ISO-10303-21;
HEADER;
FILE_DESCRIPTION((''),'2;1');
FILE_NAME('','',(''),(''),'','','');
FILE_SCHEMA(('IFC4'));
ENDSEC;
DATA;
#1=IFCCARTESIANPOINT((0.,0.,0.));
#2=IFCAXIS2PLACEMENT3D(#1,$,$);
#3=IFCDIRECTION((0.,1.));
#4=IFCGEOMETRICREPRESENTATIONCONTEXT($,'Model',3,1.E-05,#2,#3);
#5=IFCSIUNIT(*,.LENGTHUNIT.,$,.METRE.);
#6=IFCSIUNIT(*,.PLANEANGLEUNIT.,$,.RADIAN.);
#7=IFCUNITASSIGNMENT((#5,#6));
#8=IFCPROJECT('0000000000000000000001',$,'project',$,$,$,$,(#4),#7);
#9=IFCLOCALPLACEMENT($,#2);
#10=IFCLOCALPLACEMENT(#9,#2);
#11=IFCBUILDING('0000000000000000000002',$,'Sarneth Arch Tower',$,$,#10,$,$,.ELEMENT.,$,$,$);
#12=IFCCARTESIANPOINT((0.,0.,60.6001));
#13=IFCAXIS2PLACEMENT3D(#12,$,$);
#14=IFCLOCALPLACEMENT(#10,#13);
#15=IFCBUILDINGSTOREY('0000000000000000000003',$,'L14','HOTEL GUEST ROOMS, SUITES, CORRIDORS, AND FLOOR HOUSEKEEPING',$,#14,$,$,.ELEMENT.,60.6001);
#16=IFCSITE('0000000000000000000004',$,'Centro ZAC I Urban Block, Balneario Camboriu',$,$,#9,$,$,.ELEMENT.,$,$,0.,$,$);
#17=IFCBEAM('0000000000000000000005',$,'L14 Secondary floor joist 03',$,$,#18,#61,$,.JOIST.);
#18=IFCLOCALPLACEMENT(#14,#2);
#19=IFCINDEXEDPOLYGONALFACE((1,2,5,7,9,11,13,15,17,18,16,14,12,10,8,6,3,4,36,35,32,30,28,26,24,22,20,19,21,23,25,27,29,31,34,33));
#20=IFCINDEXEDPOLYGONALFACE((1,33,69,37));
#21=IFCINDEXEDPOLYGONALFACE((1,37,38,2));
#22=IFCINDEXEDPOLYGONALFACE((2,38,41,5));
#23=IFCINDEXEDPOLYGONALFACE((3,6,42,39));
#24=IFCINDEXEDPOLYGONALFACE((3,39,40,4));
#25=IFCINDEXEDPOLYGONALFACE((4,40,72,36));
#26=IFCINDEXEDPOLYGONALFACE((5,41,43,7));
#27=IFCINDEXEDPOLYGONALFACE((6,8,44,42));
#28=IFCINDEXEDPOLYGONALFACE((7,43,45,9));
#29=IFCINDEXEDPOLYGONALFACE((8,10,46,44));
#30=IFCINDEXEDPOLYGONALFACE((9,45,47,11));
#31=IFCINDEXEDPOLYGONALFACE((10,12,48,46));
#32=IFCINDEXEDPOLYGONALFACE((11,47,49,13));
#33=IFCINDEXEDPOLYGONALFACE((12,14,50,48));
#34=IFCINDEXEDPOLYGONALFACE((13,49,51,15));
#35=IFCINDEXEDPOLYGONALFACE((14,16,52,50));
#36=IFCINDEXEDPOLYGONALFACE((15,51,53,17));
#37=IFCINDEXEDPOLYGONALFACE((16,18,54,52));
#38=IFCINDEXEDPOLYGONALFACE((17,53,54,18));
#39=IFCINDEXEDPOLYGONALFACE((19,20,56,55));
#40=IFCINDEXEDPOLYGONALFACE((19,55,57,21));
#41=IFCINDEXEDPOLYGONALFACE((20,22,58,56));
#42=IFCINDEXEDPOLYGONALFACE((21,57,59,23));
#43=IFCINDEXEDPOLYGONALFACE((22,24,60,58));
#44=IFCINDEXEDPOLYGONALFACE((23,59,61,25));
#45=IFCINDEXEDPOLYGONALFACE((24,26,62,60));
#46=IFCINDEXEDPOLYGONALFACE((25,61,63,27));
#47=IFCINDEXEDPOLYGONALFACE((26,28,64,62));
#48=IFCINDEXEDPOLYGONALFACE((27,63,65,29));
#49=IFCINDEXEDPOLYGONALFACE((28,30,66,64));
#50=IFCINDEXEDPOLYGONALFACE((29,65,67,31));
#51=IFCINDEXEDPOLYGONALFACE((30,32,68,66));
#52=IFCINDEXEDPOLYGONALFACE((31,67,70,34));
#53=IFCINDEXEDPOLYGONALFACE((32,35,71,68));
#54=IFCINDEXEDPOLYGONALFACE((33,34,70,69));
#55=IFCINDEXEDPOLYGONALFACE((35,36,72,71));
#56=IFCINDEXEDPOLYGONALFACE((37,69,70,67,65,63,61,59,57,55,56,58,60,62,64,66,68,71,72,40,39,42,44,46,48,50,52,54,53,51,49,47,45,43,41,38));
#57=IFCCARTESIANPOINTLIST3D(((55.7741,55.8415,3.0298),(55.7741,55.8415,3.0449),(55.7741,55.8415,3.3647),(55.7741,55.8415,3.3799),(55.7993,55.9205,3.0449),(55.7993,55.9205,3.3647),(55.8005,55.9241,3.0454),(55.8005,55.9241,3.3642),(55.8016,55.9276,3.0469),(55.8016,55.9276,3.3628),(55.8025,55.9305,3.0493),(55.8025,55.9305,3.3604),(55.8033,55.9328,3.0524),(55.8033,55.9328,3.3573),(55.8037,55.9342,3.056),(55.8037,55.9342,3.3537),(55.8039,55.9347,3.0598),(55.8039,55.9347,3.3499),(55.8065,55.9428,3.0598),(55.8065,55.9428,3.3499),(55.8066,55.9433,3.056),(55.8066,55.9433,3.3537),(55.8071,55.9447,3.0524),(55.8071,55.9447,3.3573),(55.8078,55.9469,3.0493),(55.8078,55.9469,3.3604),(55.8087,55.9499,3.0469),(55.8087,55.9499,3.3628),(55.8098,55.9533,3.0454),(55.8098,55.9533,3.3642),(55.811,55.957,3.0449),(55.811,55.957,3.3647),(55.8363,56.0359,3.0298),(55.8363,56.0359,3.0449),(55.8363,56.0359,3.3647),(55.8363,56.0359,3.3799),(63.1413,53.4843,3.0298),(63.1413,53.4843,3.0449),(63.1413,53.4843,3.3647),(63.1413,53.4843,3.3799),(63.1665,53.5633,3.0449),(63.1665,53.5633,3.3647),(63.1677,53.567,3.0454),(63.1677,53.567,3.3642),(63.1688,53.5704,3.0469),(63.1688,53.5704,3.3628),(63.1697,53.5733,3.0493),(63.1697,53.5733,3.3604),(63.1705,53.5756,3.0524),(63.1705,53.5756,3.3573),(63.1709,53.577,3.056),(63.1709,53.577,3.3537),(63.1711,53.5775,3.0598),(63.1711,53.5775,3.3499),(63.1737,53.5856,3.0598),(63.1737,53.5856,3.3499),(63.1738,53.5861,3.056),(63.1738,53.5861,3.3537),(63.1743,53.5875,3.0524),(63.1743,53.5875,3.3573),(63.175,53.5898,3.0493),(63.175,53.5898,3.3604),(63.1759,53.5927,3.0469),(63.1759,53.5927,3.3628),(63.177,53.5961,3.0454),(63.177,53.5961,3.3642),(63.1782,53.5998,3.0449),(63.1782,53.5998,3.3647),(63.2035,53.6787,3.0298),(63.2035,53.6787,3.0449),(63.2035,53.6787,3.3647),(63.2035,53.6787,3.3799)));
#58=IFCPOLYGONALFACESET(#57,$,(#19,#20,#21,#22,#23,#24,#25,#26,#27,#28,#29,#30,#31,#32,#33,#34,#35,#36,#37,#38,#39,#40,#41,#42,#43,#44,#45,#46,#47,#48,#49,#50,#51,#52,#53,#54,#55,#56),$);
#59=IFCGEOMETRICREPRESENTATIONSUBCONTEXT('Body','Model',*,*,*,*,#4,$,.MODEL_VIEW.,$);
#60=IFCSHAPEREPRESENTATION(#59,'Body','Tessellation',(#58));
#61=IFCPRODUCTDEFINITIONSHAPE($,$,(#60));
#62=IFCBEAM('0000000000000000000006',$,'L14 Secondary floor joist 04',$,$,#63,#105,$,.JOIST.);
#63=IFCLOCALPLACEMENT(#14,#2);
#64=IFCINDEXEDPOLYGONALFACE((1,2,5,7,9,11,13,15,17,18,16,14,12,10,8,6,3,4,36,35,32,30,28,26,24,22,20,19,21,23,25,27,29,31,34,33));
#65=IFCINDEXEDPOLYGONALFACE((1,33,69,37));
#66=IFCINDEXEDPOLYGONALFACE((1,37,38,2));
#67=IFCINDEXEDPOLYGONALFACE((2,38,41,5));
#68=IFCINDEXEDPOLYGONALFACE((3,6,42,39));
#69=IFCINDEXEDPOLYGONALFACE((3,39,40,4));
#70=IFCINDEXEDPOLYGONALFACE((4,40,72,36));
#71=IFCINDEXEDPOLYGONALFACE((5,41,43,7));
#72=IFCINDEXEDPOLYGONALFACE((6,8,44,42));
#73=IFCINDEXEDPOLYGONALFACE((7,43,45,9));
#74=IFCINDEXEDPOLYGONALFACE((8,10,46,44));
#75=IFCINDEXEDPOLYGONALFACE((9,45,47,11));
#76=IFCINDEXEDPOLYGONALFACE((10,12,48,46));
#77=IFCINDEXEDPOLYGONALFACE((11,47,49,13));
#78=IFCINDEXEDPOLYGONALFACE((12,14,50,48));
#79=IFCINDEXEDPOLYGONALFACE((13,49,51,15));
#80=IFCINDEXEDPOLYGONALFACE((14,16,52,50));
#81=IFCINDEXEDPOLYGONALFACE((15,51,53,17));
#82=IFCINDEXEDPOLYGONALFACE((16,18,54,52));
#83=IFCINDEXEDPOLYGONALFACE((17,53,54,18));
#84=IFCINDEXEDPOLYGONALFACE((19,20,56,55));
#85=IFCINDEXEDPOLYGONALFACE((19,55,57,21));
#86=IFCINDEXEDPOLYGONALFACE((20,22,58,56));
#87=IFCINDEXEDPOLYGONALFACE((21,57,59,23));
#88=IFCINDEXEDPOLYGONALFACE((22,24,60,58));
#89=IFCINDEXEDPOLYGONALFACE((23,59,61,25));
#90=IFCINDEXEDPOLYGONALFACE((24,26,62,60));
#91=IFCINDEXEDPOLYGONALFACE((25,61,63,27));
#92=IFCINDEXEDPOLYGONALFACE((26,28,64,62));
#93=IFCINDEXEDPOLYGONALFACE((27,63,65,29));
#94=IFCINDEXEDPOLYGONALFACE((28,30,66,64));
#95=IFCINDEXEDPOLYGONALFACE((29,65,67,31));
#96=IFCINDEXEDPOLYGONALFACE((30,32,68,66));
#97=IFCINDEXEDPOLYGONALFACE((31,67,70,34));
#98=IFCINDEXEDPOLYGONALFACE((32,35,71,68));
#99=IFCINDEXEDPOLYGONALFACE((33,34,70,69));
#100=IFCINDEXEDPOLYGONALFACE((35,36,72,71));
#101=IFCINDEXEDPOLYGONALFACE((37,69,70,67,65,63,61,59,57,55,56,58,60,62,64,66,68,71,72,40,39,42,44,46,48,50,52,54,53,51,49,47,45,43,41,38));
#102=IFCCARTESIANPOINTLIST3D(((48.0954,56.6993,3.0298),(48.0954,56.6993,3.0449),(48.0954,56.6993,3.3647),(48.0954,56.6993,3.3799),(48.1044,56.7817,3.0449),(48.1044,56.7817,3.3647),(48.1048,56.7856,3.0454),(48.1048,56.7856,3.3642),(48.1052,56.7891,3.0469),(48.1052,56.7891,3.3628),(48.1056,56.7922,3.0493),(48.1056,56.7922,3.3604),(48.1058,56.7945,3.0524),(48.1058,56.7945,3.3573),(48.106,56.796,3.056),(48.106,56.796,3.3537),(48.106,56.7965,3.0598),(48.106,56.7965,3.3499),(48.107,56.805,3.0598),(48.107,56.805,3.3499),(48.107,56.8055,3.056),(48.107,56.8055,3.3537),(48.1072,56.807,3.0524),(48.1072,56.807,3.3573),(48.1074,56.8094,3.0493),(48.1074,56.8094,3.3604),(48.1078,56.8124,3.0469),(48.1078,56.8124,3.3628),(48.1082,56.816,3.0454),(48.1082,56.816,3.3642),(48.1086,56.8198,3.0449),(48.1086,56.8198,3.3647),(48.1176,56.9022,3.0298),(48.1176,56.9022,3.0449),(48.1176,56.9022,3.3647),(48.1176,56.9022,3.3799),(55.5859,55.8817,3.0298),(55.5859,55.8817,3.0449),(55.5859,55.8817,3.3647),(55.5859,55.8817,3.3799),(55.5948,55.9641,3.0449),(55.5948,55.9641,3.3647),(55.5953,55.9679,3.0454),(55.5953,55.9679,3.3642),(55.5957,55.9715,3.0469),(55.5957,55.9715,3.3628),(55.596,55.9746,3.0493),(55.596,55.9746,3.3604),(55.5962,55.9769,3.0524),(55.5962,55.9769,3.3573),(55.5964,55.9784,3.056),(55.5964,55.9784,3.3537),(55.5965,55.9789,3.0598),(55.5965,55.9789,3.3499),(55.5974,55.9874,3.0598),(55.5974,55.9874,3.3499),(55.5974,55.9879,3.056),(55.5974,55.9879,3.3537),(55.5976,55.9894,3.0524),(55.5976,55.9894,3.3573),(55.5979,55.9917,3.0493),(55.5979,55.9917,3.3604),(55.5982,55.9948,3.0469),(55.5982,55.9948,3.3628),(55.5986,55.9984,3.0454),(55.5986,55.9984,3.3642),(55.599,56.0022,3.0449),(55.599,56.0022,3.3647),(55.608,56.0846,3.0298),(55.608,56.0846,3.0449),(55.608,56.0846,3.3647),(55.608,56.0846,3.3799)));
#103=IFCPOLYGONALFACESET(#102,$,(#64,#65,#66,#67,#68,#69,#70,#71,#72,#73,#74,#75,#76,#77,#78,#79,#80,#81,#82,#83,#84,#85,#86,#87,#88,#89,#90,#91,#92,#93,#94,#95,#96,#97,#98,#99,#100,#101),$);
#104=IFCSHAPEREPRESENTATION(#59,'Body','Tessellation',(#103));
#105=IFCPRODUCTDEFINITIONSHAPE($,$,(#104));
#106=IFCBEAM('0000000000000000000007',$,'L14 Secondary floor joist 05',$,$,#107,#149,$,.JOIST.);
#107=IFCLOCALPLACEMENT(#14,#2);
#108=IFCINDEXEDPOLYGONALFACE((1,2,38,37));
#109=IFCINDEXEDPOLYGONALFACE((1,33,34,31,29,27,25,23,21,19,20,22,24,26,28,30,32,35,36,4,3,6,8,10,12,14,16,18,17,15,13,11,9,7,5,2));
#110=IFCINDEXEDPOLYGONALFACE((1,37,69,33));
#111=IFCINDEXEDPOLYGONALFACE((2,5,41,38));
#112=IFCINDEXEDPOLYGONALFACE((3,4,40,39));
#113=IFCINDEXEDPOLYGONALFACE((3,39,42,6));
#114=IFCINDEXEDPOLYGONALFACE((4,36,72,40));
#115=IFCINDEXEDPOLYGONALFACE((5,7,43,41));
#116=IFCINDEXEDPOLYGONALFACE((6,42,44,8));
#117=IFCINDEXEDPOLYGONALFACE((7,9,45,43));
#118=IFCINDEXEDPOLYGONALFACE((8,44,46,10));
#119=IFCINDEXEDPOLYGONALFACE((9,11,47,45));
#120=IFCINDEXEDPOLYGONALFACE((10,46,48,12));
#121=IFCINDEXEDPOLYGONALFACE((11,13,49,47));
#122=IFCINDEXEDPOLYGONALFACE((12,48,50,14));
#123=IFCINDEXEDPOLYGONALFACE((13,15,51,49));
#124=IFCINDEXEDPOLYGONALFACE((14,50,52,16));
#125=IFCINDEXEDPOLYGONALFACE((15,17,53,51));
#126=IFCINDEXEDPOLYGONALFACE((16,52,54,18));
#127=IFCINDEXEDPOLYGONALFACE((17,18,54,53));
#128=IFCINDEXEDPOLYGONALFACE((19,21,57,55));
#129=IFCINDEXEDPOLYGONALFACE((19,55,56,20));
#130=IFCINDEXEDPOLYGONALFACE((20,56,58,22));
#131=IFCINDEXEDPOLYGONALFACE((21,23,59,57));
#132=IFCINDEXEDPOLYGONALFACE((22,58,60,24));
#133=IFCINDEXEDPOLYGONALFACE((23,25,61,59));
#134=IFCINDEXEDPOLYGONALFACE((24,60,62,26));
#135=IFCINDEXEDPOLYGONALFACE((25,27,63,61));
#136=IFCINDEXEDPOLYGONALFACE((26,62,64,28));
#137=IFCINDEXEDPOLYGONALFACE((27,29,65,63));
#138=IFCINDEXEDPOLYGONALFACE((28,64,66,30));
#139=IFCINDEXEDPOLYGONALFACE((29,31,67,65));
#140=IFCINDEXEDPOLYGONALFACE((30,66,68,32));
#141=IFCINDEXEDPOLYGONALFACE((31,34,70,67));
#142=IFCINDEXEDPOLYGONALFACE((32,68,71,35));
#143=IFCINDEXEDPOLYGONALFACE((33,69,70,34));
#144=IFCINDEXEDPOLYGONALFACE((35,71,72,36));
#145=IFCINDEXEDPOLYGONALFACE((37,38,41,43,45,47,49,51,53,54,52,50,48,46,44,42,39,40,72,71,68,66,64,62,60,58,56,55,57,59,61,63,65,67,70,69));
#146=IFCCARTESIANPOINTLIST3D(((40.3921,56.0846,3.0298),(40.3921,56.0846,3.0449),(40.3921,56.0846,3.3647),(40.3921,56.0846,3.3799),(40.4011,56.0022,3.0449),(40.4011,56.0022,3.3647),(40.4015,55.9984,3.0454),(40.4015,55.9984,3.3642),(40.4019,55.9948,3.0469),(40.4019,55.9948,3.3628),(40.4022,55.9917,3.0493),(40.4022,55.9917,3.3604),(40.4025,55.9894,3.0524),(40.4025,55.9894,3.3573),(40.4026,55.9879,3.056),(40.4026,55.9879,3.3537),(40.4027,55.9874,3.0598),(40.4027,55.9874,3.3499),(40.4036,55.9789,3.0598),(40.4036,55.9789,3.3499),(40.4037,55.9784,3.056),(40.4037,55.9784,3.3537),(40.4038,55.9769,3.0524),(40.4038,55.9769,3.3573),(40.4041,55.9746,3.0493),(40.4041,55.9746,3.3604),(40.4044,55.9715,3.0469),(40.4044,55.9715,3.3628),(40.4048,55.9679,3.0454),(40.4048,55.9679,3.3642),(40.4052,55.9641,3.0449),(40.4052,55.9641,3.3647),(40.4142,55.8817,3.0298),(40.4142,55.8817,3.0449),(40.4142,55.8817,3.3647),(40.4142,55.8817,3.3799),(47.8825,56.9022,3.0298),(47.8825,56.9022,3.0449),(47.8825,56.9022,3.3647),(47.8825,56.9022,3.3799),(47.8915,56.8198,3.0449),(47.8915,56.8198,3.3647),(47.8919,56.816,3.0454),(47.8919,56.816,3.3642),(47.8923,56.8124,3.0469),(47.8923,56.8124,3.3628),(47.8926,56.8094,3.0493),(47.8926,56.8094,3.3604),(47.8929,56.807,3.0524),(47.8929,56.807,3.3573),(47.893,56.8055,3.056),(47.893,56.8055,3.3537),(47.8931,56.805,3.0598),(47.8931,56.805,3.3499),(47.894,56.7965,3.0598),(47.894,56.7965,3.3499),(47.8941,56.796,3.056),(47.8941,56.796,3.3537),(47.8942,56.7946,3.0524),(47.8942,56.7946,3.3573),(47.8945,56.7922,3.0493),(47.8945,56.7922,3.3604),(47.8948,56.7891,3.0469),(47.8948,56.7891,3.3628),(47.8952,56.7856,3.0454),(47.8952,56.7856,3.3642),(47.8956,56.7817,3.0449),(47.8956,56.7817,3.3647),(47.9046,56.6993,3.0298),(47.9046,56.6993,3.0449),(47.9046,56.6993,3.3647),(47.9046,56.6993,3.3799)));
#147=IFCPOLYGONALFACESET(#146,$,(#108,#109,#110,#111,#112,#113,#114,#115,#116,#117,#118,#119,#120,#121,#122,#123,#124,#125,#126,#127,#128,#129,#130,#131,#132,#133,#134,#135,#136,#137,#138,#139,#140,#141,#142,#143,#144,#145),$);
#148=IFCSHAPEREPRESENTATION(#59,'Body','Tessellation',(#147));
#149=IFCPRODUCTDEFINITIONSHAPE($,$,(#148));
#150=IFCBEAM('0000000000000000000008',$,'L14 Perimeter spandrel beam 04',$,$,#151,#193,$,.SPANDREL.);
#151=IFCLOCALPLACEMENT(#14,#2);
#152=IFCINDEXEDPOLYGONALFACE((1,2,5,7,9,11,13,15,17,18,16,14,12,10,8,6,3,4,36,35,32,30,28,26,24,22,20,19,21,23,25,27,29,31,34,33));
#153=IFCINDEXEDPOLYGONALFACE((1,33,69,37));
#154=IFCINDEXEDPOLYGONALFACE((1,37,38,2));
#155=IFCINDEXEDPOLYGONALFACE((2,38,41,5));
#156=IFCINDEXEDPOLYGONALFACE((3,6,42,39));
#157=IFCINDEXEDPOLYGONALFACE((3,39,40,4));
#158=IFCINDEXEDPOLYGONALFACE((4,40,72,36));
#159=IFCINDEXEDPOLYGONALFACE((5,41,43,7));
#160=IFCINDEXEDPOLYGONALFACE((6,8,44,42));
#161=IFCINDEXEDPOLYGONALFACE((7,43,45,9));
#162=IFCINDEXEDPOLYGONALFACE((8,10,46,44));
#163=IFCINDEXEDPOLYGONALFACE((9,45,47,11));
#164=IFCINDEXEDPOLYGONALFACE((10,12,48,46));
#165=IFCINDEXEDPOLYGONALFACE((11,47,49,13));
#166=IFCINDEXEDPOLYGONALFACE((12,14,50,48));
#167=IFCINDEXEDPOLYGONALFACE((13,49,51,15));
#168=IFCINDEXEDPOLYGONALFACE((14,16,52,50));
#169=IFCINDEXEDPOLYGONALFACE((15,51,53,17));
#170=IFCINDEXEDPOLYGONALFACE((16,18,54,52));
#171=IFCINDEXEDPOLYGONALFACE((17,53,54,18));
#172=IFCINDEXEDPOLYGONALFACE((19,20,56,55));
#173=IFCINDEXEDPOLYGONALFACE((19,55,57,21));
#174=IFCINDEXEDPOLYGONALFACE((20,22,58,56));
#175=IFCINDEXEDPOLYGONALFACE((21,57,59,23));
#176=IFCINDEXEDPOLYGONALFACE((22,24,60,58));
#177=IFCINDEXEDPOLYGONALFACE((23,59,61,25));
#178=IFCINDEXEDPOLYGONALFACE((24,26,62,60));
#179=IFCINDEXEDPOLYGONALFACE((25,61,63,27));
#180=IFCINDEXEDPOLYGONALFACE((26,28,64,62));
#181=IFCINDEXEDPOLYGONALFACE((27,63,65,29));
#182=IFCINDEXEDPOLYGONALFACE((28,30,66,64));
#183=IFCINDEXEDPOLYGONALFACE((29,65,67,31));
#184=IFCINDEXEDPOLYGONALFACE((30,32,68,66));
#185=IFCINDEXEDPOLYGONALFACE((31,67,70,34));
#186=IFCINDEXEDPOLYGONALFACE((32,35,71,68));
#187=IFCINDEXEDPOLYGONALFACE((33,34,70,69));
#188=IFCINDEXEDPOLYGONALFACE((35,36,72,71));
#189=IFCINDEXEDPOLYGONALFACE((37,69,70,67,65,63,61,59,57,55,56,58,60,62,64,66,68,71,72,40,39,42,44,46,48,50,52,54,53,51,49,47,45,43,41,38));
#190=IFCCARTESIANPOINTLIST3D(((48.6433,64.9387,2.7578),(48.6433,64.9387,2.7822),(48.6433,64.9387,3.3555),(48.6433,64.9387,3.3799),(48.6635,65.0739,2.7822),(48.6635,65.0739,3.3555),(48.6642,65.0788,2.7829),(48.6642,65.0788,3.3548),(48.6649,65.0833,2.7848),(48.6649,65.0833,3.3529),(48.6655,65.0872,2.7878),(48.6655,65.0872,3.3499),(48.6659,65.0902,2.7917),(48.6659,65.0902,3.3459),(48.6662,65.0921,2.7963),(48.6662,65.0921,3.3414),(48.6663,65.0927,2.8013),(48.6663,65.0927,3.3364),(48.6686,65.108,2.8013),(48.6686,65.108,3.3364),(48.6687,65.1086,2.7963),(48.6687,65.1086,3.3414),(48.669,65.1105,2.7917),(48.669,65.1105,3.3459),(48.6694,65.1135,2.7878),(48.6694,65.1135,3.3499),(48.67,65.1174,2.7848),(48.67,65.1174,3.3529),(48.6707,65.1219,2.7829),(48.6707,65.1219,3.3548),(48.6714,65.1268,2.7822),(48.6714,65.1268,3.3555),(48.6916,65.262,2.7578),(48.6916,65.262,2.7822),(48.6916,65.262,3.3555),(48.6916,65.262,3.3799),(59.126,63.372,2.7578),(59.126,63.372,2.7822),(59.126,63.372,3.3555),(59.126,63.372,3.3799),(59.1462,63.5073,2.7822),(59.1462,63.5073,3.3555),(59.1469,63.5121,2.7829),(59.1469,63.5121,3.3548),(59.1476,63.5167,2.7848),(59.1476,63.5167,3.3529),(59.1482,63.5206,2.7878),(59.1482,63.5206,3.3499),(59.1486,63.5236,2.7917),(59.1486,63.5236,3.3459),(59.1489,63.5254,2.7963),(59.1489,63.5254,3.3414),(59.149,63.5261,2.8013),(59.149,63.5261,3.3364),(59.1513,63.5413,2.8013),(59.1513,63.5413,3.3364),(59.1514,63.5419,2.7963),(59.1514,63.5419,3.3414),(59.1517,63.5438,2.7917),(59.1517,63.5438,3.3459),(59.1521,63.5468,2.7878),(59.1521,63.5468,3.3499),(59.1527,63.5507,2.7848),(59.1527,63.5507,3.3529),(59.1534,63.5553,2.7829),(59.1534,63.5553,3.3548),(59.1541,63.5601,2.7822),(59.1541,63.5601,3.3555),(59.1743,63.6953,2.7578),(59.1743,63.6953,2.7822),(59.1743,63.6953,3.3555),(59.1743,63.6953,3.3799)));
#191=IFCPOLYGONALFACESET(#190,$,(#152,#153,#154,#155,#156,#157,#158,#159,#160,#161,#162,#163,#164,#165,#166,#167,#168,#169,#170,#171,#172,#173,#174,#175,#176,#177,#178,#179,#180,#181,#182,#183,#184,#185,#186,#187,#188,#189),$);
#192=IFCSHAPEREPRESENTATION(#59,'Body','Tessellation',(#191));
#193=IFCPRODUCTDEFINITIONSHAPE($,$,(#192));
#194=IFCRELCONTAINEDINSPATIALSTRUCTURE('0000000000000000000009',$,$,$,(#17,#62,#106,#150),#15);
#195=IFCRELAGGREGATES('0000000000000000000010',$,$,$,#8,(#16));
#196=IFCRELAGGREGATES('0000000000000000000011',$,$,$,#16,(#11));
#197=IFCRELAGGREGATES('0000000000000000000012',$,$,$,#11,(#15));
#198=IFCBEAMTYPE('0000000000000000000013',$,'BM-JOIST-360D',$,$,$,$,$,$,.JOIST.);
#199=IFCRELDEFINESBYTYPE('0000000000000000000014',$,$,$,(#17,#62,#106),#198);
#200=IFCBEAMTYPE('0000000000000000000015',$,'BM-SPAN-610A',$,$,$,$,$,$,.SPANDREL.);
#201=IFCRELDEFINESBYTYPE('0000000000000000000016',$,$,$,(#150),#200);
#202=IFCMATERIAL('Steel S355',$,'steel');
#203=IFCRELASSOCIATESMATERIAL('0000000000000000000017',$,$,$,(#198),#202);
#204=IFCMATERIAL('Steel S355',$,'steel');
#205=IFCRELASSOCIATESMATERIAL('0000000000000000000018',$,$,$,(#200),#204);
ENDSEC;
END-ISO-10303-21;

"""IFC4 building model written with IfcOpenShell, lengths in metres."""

from ifc_helpers import new_model, si_unit, direction, frame, origin, origin_2d, place, context, subcontext, project, spatial, i_section, extrude, material, material_profile, profile_set, type_object, element, save


model = new_model("IFC4")

# Units and contexts
model_context = context("Model", 3, precision=1e-05, world=origin(), true_north=direction((0.0, 1.0)))
body_context = subcontext(model_context, "Body", "Model", "MODEL_VIEW")
ifc_project = project(units=[si_unit("LENGTHUNIT", "METRE"), si_unit("PLANEANGLEUNIT", "RADIAN")], contexts=[model_context])

# Site, building, storey
site_placement = place(None, origin())
site = spatial("IfcSite", under=ifc_project, at=site_placement, Name="Centro ZAC I Urban Block, Balneario Camboriu", CompositionType="ELEMENT", RefElevation=0.0)
building_placement = place(site_placement, origin())
building = spatial("IfcBuilding", under=site, at=building_placement, Name="Sarneth Arch Tower", CompositionType="ELEMENT")
storey_placement = place(building_placement, frame((0.0, 0.0, 60.6001)))
storey = spatial("IfcBuildingStorey", under=building, at=storey_placement, Name="L14", Description="HOTEL GUEST ROOMS, SUITES, CORRIDORS, AND FLOOR HOUSEKEEPING", CompositionType="ELEMENT", Elevation=60.6001)

# Beams
ifc_material_1 = material(Name="Steel S355", Category="steel")
ifc_material_profile_1 = material_profile(ifc_material_1, i_section(OverallWidth=0.2041, OverallDepth=0.3501, WebThickness=0.0085, FlangeThickness=0.0151, FilletRadius=0.0149, at=origin_2d()), Name="W360x72")
ifc_profile_set_1 = profile_set([ifc_material_profile_1], Name="Steel S355")
beam_type_1 = type_object("IfcBeamType", Name="BM-JOIST-360D", PredefinedType="JOIST", material=ifc_profile_set_1)
beam_1_placement = place(storey_placement, frame((63.1724, 53.5815, 3.2048), z_axis=(-0.952436, 0.304738, 0.0), x_axis=(-0.304738, -0.952436, 0.0)))
element("IfcBeam", 1, at=beam_1_placement, inside=storey, type_object=beam_type_1, Name="L14 Secondary floor joist 03", PredefinedType="JOIST", context=body_context, shape_type="SweptSolid", body=[
    extrude(i_section(OverallWidth=0.2041, OverallDepth=0.3501, WebThickness=0.0085, FlangeThickness=0.0151, FilletRadius=0.0149, at=origin_2d()), origin(), (0.0, 0.0, 1.0), 7.7351),
])
for number, where, z_axis, x_axis, name in (
    (2, (55.5969, 55.9832, 3.2048), (-0.994095, 0.108511, 0.0), (-0.108511, -0.994095, 0.0), "L14 Secondary floor joist 04"),
    (3, (47.8936, 56.8008, 3.2048), (-0.994095, -0.108511, 0.0), (0.108511, -0.994095, 0.0), "L14 Secondary floor joist 05"),
):
    element("IfcBeam", number, at=place(storey_placement, frame(where, z_axis=z_axis, x_axis=x_axis)), inside=storey, type_object=beam_type_1, Name=name, PredefinedType="JOIST", context=body_context, shape_type="SweptSolid", body=[
        extrude(i_section(OverallWidth=0.2041, OverallDepth=0.3501, WebThickness=0.0085, FlangeThickness=0.0151, FilletRadius=0.0149, at=origin_2d()), origin(), (0.0, 0.0, 1.0), 7.5349),
    ])
ifc_material_2 = material(Name="Steel S355", Category="steel")
ifc_material_profile_2 = material_profile(ifc_material_2, i_section(OverallWidth=0.3269, OverallDepth=0.6221, WebThickness=0.0154, FlangeThickness=0.0244, FilletRadius=0.019, at=origin_2d()), Name="W610x195")
ifc_profile_set_2 = profile_set([ifc_material_profile_2], Name="Steel S355")
beam_type_2 = type_object("IfcBeamType", Name="BM-SPAN-610A", PredefinedType="SPANDREL", material=ifc_profile_set_2)
beam_2_placement = place(storey_placement, frame((59.1501, 63.5337, 3.0688), z_axis=(-0.989016, 0.14781, 0.0), x_axis=(-0.14781, -0.989016, 0.0)))
element("IfcBeam", 4, at=beam_2_placement, inside=storey, type_object=beam_type_2, Name="L14 Perimeter spandrel beam 04", PredefinedType="SPANDREL", context=body_context, shape_type="SweptSolid", body=[
    extrude(i_section(OverallWidth=0.3269, OverallDepth=0.6221, WebThickness=0.0154, FlangeThickness=0.0244, FilletRadius=0.019, at=origin_2d()), origin(), (0.0, 0.0, 1.0), 10.5991),
])

save(model, "model.ifc")
